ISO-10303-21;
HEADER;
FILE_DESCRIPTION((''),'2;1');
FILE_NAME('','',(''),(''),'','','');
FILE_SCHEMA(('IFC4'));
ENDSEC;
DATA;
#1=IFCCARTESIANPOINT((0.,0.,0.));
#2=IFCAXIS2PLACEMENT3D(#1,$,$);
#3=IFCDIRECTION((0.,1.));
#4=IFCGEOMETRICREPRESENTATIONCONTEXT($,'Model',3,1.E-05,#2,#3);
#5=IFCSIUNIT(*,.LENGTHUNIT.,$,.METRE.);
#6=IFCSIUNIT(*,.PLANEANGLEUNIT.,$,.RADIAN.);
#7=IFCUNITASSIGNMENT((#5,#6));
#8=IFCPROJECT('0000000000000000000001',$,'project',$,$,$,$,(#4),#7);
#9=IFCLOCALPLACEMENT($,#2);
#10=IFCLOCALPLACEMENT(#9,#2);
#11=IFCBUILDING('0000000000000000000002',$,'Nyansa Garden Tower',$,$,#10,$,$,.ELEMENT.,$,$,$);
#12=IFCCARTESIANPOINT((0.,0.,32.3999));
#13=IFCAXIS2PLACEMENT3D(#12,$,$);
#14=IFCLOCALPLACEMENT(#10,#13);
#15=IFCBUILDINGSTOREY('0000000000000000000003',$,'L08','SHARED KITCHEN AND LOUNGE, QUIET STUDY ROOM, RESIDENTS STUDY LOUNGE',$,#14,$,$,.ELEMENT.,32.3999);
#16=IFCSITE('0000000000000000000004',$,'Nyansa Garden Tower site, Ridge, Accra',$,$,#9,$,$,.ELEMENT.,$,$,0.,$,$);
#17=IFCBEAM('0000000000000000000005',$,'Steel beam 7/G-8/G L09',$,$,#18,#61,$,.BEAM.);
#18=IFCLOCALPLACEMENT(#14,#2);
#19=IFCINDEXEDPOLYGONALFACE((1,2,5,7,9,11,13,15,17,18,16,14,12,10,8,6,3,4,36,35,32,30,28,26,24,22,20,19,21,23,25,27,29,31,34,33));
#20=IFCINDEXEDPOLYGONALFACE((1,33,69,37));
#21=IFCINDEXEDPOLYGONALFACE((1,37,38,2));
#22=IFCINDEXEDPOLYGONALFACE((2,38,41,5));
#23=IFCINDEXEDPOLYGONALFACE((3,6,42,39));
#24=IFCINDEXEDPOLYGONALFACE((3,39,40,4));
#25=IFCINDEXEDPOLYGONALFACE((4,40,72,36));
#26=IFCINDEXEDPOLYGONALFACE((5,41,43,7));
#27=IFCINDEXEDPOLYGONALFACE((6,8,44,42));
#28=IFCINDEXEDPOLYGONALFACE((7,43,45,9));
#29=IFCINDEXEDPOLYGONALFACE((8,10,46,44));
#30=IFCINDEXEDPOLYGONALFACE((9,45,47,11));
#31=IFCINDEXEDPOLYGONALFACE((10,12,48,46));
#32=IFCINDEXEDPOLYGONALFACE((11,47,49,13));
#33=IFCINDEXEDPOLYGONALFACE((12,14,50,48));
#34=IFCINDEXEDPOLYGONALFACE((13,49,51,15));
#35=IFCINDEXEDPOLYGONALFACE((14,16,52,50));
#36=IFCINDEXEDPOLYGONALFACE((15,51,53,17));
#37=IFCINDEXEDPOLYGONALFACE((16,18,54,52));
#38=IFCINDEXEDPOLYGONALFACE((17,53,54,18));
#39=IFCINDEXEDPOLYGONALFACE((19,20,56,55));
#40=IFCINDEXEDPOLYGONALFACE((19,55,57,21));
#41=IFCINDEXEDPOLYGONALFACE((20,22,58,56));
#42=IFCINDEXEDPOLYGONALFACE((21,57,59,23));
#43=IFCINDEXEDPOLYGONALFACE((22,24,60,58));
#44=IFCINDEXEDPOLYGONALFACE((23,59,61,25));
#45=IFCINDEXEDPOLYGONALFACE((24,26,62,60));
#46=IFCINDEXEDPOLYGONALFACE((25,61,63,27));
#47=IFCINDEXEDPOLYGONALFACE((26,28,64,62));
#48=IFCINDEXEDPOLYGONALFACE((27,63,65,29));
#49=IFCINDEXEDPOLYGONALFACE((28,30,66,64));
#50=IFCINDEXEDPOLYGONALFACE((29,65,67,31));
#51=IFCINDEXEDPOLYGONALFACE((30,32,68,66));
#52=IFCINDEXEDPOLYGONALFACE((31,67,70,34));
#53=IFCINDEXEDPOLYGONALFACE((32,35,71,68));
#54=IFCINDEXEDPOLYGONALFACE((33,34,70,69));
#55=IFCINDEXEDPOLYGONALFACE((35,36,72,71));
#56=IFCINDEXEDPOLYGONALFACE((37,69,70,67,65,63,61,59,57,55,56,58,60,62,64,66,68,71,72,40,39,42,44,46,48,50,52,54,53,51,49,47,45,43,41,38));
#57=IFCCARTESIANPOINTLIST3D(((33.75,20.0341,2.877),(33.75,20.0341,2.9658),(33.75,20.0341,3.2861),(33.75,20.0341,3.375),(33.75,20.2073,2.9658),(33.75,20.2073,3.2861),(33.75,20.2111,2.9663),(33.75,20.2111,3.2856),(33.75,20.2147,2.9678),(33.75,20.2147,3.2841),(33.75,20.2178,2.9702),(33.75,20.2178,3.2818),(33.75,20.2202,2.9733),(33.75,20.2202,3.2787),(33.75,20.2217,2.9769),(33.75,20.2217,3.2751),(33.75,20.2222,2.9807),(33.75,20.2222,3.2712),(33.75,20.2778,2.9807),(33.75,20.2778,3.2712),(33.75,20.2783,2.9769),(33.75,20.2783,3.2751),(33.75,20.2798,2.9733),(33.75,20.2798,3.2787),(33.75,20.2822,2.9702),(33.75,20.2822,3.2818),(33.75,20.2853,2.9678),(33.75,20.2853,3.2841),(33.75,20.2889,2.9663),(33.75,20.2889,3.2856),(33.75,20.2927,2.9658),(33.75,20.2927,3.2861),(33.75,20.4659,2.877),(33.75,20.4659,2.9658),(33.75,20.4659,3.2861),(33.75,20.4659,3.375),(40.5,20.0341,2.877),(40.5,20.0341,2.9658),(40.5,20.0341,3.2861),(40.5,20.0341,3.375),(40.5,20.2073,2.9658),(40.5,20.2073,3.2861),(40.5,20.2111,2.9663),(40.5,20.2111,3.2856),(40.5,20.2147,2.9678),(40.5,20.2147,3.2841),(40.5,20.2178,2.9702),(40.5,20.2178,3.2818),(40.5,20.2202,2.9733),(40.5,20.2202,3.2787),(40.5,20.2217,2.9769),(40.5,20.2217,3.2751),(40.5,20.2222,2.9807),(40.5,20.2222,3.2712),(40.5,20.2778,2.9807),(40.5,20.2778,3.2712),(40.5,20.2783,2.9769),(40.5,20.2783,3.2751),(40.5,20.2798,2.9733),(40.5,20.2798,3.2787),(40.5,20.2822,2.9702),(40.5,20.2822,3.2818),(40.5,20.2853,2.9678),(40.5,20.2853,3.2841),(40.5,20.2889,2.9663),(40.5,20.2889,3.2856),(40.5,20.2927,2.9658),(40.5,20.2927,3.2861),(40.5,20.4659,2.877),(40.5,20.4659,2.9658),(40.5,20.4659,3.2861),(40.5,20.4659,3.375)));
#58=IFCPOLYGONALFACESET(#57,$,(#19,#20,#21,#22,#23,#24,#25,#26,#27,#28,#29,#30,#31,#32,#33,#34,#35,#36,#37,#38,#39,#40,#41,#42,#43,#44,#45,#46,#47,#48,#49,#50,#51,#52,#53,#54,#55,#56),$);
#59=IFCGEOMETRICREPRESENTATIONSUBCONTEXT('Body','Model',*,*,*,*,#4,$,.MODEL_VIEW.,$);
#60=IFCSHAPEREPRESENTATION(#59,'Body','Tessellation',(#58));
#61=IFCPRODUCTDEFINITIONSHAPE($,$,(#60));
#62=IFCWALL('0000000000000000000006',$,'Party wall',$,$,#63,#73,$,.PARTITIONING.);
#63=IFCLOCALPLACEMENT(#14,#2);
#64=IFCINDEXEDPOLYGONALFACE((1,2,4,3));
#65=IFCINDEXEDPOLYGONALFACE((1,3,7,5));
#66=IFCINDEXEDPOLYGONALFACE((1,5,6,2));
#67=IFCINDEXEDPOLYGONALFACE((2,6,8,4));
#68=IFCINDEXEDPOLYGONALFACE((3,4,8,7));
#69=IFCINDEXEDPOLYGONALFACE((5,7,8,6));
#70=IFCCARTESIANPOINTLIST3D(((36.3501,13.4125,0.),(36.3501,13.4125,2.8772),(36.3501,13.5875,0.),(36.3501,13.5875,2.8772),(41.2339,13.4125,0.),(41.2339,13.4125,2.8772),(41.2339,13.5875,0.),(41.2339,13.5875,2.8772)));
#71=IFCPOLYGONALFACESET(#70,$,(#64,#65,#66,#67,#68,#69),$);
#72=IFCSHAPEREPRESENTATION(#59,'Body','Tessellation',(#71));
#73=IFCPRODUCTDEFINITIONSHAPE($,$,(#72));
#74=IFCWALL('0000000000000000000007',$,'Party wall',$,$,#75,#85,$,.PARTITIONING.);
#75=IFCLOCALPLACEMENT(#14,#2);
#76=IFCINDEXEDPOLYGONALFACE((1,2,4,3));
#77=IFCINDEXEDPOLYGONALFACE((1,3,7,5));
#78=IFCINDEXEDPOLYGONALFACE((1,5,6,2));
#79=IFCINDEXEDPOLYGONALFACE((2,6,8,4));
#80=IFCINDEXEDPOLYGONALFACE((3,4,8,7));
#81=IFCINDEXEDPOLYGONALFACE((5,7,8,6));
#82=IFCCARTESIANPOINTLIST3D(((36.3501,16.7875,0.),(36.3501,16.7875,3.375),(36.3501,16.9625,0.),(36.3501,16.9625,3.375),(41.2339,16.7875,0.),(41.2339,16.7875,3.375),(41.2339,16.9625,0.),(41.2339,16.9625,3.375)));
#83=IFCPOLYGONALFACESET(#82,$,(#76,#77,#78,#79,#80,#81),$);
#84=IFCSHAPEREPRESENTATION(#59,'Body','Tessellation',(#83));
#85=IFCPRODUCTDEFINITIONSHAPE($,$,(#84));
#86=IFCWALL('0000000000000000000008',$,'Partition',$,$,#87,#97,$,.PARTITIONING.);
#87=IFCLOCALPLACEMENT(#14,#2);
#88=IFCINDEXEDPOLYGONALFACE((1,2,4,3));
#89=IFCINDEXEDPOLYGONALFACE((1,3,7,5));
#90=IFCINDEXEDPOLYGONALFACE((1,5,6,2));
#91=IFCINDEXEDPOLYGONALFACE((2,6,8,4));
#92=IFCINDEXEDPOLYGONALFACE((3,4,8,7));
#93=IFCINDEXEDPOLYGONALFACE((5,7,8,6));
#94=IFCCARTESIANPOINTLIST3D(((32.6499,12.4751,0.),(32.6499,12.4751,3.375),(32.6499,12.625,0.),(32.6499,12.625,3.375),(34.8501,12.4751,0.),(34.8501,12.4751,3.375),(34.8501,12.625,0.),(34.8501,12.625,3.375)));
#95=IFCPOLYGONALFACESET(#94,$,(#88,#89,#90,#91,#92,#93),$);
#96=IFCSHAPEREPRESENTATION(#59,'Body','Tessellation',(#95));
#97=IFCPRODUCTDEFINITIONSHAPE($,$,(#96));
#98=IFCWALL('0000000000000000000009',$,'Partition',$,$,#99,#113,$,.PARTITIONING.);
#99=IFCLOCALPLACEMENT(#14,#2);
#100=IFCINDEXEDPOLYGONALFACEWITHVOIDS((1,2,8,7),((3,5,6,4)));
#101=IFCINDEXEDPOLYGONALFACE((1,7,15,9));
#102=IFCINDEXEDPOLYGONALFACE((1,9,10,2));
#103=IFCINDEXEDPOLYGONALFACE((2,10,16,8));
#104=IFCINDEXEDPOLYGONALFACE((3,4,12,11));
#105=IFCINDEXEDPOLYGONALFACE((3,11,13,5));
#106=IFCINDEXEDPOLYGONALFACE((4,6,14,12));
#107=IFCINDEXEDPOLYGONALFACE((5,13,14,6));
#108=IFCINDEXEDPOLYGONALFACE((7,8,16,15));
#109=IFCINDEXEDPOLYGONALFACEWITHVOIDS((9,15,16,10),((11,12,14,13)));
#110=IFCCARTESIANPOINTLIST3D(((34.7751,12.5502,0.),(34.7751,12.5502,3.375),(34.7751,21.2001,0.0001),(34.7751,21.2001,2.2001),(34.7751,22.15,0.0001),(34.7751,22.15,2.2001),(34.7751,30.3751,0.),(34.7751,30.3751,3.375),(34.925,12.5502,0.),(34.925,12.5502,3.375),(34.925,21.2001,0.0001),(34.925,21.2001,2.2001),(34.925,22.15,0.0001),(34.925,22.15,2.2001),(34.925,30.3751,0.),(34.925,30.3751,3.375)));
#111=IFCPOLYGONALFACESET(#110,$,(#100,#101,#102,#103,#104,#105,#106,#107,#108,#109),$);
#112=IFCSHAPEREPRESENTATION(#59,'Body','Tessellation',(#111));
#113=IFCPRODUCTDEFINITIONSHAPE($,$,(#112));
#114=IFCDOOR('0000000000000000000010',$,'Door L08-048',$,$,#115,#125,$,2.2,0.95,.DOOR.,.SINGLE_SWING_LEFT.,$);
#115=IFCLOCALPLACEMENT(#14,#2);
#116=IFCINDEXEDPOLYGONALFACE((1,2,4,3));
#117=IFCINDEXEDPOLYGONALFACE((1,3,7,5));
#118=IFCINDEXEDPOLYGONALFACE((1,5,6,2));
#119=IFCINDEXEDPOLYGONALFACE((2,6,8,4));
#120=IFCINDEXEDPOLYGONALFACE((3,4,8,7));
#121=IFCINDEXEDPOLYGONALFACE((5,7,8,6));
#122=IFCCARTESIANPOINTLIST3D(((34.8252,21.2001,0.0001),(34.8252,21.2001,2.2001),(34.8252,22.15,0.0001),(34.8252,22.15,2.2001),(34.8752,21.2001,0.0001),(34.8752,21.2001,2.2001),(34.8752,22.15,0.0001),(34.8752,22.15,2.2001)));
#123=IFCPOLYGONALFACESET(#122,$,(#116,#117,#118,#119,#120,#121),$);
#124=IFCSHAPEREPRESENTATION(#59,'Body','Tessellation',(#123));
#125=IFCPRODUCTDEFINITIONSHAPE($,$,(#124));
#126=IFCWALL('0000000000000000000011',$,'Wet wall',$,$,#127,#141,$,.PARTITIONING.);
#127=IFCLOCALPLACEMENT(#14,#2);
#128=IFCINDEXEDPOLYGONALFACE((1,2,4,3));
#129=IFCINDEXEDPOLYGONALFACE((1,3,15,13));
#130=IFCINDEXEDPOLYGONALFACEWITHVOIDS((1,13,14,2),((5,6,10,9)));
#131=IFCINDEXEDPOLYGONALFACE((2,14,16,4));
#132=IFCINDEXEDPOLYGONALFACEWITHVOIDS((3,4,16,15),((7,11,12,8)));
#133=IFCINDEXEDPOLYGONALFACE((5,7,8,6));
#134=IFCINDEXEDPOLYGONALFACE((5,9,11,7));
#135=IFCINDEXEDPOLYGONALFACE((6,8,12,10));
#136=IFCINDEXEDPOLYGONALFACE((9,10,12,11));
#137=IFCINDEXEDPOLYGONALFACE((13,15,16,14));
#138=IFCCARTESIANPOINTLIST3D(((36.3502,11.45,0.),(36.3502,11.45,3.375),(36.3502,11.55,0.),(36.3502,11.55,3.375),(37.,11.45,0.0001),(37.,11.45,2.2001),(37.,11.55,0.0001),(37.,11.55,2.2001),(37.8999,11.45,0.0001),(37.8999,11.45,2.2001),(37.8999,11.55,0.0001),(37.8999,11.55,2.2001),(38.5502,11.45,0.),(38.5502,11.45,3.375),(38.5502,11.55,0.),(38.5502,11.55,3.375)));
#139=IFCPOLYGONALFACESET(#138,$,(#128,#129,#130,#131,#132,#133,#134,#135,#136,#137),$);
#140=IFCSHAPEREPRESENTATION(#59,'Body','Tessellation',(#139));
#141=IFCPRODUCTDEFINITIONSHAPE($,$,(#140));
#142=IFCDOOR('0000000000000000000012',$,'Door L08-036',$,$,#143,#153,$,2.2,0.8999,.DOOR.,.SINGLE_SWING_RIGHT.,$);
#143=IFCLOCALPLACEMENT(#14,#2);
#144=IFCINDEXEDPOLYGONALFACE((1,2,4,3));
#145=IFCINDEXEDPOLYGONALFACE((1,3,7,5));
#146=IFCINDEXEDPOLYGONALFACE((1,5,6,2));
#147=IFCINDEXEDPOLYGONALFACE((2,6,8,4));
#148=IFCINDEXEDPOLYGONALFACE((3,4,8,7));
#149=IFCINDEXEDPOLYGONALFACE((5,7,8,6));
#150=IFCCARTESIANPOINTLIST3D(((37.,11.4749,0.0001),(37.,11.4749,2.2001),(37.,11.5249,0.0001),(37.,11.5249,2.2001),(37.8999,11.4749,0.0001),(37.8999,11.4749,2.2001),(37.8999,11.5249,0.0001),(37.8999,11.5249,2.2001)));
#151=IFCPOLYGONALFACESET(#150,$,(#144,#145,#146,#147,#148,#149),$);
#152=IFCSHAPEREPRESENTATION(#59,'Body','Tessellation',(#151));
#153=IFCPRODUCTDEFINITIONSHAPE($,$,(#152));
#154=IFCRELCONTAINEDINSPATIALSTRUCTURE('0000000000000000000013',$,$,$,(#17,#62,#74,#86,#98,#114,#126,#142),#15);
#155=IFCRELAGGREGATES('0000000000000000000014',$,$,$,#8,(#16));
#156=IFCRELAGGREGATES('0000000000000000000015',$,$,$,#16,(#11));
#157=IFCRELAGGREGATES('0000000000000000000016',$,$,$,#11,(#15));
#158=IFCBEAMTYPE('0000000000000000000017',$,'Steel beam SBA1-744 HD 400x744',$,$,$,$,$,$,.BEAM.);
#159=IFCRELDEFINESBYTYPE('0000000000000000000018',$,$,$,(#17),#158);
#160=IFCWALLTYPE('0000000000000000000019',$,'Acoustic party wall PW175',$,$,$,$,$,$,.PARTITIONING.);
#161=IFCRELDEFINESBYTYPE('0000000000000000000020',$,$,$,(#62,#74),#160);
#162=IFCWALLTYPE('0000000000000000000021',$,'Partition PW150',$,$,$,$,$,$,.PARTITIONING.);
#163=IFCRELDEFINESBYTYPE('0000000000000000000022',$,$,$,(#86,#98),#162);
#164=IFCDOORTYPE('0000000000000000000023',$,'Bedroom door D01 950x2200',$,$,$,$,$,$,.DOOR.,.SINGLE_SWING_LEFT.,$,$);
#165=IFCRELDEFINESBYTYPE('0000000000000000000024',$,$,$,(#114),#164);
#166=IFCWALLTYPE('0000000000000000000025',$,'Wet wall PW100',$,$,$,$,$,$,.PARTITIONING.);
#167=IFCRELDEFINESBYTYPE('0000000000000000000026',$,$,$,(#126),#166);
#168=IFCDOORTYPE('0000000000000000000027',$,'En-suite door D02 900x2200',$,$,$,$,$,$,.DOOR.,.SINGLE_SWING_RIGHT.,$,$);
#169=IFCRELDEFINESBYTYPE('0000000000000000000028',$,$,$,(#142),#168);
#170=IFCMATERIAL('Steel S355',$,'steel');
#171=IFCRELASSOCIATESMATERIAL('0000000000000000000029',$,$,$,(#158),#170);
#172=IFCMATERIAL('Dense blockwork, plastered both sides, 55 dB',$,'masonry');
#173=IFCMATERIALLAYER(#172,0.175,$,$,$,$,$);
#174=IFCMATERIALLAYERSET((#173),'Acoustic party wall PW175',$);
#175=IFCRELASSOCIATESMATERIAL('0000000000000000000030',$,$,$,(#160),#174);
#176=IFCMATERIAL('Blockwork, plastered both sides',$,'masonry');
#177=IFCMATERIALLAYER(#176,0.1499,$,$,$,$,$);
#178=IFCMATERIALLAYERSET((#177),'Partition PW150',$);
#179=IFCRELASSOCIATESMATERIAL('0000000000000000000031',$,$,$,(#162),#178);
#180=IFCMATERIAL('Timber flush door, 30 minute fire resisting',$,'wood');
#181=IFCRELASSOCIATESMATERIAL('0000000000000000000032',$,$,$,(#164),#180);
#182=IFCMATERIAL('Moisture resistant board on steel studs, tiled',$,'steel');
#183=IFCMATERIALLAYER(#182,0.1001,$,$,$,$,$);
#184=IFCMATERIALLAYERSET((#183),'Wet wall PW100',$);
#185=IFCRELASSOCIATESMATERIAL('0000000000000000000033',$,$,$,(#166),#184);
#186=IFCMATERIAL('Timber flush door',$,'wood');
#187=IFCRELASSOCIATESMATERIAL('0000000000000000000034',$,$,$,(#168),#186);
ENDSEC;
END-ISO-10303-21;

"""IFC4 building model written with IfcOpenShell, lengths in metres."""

from ifc_helpers import new_model, si_unit, direction, frame, frame_2d, origin, origin_2d, place, context, subcontext, project, spatial, rectangle, i_section, extrude, material, layer, layer_set, material_profile, profile_set, type_object, element, fill, save


model = new_model("IFC4")

# Units and contexts
model_context = context("Model", 3, precision=1e-05, world=origin(), true_north=direction((0.0, 1.0)))
body_context = subcontext(model_context, "Body", "Model", "MODEL_VIEW")
ifc_project = project(units=[si_unit("LENGTHUNIT", "METRE"), si_unit("PLANEANGLEUNIT", "RADIAN")], contexts=[model_context])

# Site, building, storey
site_placement = place(None, origin())
site = spatial("IfcSite", under=ifc_project, at=site_placement, Name="Nyansa Garden Tower site, Ridge, Accra", CompositionType="ELEMENT", RefElevation=0.0)
building_placement = place(site_placement, origin())
building = spatial("IfcBuilding", under=site, at=building_placement, Name="Nyansa Garden Tower", CompositionType="ELEMENT")
storey_placement = place(building_placement, frame((0.0, 0.0, 32.3999)))
storey = spatial("IfcBuildingStorey", under=building, at=storey_placement, Name="L08", Description="SHARED KITCHEN AND LOUNGE, QUIET STUDY ROOM, RESIDENTS STUDY LOUNGE", CompositionType="ELEMENT", Elevation=32.3999)

# Beam
ifc_material_1 = material(Name="Steel S355", Category="steel")
ifc_material_profile_1 = material_profile(ifc_material_1, i_section(OverallWidth=0.4319, OverallDepth=0.498, WebThickness=0.0557, FlangeThickness=0.0889, FilletRadius=0.0149, at=origin_2d()), Name="HD 400x744")
ifc_profile_set_1 = profile_set([ifc_material_profile_1], Name="Steel S355")
beam_type = type_object("IfcBeamType", Name="Steel beam SBA1-744 HD 400x744", PredefinedType="BEAM", material=ifc_profile_set_1)
for number, where, z_axis, x_axis, name in (
    (1, (33.75, 20.25, 3.126), (1.0, 0.0, 0.0), (0.0, 1.0, 0.0), "Steel beam 7/G-8/G L09"),
):
    element("IfcBeam", number, at=place(storey_placement, frame(where, z_axis=z_axis, x_axis=x_axis)), inside=storey, type_object=beam_type, Name=name, PredefinedType="BEAM", context=body_context, shape_type="SweptSolid", body=[
        extrude(i_section(OverallWidth=0.4319, OverallDepth=0.498, WebThickness=0.0557, FlangeThickness=0.0889, FilletRadius=0.0149, at=origin_2d()), origin(), (0.0, 0.0, 1.0), 6.75),
    ])

# Walls
ifc_material_2 = material(Name="Dense blockwork, plastered both sides, 55 dB", Category="masonry")
ifc_layer_1 = layer(ifc_material_2, 0.175)
ifc_layer_set_1 = layer_set([ifc_layer_1], Name="Acoustic party wall PW175")
wall_type_1 = type_object("IfcWallType", Name="Acoustic party wall PW175", PredefinedType="PARTITIONING", material=ifc_layer_set_1)
wall_1_placement = place(storey_placement, frame((36.3501, 13.5, 0.0), z_axis=(0.0, 0.0, 1.0), x_axis=(1.0, 0.0, 0.0)))
element("IfcWall", 2, at=wall_1_placement, inside=storey, type_object=wall_type_1, Name="Party wall", PredefinedType="PARTITIONING", context=body_context, shape_type="SweptSolid", body=[
    extrude(rectangle(XDim=4.8838, YDim=0.175, at=frame_2d((2.4419, 0.0))), origin(), (0.0, 0.0, 1.0), 2.8772),
])
wall_2_placement = place(storey_placement, frame((36.3501, 16.875, 0.0), z_axis=(0.0, 0.0, 1.0), x_axis=(1.0, 0.0, 0.0)))
element("IfcWall", 3, at=wall_2_placement, inside=storey, type_object=wall_type_1, Name="Party wall", PredefinedType="PARTITIONING", context=body_context, shape_type="SweptSolid", body=[
    extrude(rectangle(XDim=4.8838, YDim=0.175, at=frame_2d((2.4419, 0.0))), origin(), (0.0, 0.0, 1.0), 3.375),
])
ifc_material_3 = material(Name="Blockwork, plastered both sides", Category="masonry")
ifc_layer_2 = layer(ifc_material_3, 0.1499)
ifc_layer_set_2 = layer_set([ifc_layer_2], Name="Partition PW150")
wall_type_2 = type_object("IfcWallType", Name="Partition PW150", PredefinedType="PARTITIONING", material=ifc_layer_set_2)
wall_3_placement = place(storey_placement, frame((32.6499, 12.55, 0.0), z_axis=(0.0, 0.0, 1.0), x_axis=(1.0, 0.0, 0.0)))
element("IfcWall", 4, at=wall_3_placement, inside=storey, type_object=wall_type_2, Name="Partition", PredefinedType="PARTITIONING", context=body_context, shape_type="SweptSolid", body=[
    extrude(rectangle(XDim=2.2002, YDim=0.1499, at=frame_2d((1.1001, 0.0))), origin(), (0.0, 0.0, 1.0), 3.375),
])

# Walls, openings, doors
wall_4_placement = place(storey_placement, frame((34.8501, 12.55, 0.0), z_axis=(0.0, 0.0, 1.0), x_axis=(0.0, 1.0, 0.0)))
wall_4 = element("IfcWall", 5, at=wall_4_placement, inside=storey, type_object=wall_type_2, Name="Partition", PredefinedType="PARTITIONING", context=body_context, shape_type="SweptSolid", body=[
    extrude(rectangle(XDim=17.825, YDim=0.1499, at=frame_2d((8.9126, 0.0))), origin(), (0.0, 0.0, 1.0), 3.375),
])
opening_1_placement = place(wall_4_placement, frame((8.6499, 0.0, 0.0)))
opening_1 = element("IfcOpeningElement", 6, at=opening_1_placement, cuts=wall_4, PredefinedType="OPENING", context=body_context, shape_type="SweptSolid", body=[
    extrude(rectangle(XDim=0.95, YDim=2.2, at=frame_2d((0.4751, 1.1001))), frame((0.0, 0.085, 0.0), z_axis=(0.0, -1.0, 0.0), x_axis=(1.0, 0.0, 0.0)), (0.0, 0.0, 1.0), 0.1699),
])
ifc_material_4 = material(Name="Timber flush door, 30 minute fire resisting", Category="wood")
door_type_1 = type_object("IfcDoorType", Name="Bedroom door D01 950x2200", OperationType="SINGLE_SWING_LEFT", PredefinedType="DOOR", material=ifc_material_4)
door_1_placement = place(opening_1_placement, origin())
door_1 = element("IfcDoor", 7, at=door_1_placement, inside=storey, type_object=door_type_1, Name="Door L08-048", OperationType="SINGLE_SWING_LEFT", OverallHeight=2.2, OverallWidth=0.95, PredefinedType="DOOR", context=body_context, shape_type="SweptSolid", body=[
    extrude(rectangle(XDim=0.95, YDim=2.2, at=frame_2d((0.4751, 1.1001))), frame((0.0, 0.0249, 0.0), z_axis=(0.0, -1.0, 0.0), x_axis=(1.0, 0.0, 0.0)), (0.0, 0.0, 1.0), 0.05),
])
fill(opening_1, door_1)
ifc_material_5 = material(Name="Moisture resistant board on steel studs, tiled", Category="steel")
ifc_layer_3 = layer(ifc_material_5, 0.1001)
ifc_layer_set_3 = layer_set([ifc_layer_3], Name="Wet wall PW100")
wall_type_3 = type_object("IfcWallType", Name="Wet wall PW100", PredefinedType="PARTITIONING", material=ifc_layer_set_3)
wall_5_placement = place(storey_placement, frame((36.3501, 11.5, 0.0), z_axis=(0.0, 0.0, 1.0), x_axis=(1.0, 0.0, 0.0)))
wall_5 = element("IfcWall", 8, at=wall_5_placement, inside=storey, type_object=wall_type_3, Name="Wet wall", PredefinedType="PARTITIONING", context=body_context, shape_type="SweptSolid", body=[
    extrude(rectangle(XDim=2.2, YDim=0.1001, at=frame_2d((1.1001, 0.0))), origin(), (0.0, 0.0, 1.0), 3.375),
])
opening_2_placement = place(wall_5_placement, frame((0.6499, 0.0, 0.0)))
opening_2 = element("IfcOpeningElement", 9, at=opening_2_placement, cuts=wall_5, PredefinedType="OPENING", context=body_context, shape_type="SweptSolid", body=[
    extrude(rectangle(XDim=0.8999, YDim=2.2, at=frame_2d((0.45, 1.1001))), frame((0.0, 0.0601, 0.0), z_axis=(0.0, -1.0, 0.0), x_axis=(1.0, 0.0, 0.0)), (0.0, 0.0, 1.0), 0.1201),
])
ifc_material_6 = material(Name="Timber flush door", Category="wood")
door_type_2 = type_object("IfcDoorType", Name="En-suite door D02 900x2200", OperationType="SINGLE_SWING_RIGHT", PredefinedType="DOOR", material=ifc_material_6)
door_2_placement = place(opening_2_placement, origin())
door_2 = element("IfcDoor", 10, at=door_2_placement, inside=storey, type_object=door_type_2, Name="Door L08-036", OperationType="SINGLE_SWING_RIGHT", OverallHeight=2.2, OverallWidth=0.8999, PredefinedType="DOOR", context=body_context, shape_type="SweptSolid", body=[
    extrude(rectangle(XDim=0.8999, YDim=2.2, at=frame_2d((0.45, 1.1001))), frame((0.0, 0.0249, 0.0), z_axis=(0.0, -1.0, 0.0), x_axis=(1.0, 0.0, 0.0)), (0.0, 0.0, 1.0), 0.05),
])
fill(opening_2, door_2)

save(model, "model.ifc")
